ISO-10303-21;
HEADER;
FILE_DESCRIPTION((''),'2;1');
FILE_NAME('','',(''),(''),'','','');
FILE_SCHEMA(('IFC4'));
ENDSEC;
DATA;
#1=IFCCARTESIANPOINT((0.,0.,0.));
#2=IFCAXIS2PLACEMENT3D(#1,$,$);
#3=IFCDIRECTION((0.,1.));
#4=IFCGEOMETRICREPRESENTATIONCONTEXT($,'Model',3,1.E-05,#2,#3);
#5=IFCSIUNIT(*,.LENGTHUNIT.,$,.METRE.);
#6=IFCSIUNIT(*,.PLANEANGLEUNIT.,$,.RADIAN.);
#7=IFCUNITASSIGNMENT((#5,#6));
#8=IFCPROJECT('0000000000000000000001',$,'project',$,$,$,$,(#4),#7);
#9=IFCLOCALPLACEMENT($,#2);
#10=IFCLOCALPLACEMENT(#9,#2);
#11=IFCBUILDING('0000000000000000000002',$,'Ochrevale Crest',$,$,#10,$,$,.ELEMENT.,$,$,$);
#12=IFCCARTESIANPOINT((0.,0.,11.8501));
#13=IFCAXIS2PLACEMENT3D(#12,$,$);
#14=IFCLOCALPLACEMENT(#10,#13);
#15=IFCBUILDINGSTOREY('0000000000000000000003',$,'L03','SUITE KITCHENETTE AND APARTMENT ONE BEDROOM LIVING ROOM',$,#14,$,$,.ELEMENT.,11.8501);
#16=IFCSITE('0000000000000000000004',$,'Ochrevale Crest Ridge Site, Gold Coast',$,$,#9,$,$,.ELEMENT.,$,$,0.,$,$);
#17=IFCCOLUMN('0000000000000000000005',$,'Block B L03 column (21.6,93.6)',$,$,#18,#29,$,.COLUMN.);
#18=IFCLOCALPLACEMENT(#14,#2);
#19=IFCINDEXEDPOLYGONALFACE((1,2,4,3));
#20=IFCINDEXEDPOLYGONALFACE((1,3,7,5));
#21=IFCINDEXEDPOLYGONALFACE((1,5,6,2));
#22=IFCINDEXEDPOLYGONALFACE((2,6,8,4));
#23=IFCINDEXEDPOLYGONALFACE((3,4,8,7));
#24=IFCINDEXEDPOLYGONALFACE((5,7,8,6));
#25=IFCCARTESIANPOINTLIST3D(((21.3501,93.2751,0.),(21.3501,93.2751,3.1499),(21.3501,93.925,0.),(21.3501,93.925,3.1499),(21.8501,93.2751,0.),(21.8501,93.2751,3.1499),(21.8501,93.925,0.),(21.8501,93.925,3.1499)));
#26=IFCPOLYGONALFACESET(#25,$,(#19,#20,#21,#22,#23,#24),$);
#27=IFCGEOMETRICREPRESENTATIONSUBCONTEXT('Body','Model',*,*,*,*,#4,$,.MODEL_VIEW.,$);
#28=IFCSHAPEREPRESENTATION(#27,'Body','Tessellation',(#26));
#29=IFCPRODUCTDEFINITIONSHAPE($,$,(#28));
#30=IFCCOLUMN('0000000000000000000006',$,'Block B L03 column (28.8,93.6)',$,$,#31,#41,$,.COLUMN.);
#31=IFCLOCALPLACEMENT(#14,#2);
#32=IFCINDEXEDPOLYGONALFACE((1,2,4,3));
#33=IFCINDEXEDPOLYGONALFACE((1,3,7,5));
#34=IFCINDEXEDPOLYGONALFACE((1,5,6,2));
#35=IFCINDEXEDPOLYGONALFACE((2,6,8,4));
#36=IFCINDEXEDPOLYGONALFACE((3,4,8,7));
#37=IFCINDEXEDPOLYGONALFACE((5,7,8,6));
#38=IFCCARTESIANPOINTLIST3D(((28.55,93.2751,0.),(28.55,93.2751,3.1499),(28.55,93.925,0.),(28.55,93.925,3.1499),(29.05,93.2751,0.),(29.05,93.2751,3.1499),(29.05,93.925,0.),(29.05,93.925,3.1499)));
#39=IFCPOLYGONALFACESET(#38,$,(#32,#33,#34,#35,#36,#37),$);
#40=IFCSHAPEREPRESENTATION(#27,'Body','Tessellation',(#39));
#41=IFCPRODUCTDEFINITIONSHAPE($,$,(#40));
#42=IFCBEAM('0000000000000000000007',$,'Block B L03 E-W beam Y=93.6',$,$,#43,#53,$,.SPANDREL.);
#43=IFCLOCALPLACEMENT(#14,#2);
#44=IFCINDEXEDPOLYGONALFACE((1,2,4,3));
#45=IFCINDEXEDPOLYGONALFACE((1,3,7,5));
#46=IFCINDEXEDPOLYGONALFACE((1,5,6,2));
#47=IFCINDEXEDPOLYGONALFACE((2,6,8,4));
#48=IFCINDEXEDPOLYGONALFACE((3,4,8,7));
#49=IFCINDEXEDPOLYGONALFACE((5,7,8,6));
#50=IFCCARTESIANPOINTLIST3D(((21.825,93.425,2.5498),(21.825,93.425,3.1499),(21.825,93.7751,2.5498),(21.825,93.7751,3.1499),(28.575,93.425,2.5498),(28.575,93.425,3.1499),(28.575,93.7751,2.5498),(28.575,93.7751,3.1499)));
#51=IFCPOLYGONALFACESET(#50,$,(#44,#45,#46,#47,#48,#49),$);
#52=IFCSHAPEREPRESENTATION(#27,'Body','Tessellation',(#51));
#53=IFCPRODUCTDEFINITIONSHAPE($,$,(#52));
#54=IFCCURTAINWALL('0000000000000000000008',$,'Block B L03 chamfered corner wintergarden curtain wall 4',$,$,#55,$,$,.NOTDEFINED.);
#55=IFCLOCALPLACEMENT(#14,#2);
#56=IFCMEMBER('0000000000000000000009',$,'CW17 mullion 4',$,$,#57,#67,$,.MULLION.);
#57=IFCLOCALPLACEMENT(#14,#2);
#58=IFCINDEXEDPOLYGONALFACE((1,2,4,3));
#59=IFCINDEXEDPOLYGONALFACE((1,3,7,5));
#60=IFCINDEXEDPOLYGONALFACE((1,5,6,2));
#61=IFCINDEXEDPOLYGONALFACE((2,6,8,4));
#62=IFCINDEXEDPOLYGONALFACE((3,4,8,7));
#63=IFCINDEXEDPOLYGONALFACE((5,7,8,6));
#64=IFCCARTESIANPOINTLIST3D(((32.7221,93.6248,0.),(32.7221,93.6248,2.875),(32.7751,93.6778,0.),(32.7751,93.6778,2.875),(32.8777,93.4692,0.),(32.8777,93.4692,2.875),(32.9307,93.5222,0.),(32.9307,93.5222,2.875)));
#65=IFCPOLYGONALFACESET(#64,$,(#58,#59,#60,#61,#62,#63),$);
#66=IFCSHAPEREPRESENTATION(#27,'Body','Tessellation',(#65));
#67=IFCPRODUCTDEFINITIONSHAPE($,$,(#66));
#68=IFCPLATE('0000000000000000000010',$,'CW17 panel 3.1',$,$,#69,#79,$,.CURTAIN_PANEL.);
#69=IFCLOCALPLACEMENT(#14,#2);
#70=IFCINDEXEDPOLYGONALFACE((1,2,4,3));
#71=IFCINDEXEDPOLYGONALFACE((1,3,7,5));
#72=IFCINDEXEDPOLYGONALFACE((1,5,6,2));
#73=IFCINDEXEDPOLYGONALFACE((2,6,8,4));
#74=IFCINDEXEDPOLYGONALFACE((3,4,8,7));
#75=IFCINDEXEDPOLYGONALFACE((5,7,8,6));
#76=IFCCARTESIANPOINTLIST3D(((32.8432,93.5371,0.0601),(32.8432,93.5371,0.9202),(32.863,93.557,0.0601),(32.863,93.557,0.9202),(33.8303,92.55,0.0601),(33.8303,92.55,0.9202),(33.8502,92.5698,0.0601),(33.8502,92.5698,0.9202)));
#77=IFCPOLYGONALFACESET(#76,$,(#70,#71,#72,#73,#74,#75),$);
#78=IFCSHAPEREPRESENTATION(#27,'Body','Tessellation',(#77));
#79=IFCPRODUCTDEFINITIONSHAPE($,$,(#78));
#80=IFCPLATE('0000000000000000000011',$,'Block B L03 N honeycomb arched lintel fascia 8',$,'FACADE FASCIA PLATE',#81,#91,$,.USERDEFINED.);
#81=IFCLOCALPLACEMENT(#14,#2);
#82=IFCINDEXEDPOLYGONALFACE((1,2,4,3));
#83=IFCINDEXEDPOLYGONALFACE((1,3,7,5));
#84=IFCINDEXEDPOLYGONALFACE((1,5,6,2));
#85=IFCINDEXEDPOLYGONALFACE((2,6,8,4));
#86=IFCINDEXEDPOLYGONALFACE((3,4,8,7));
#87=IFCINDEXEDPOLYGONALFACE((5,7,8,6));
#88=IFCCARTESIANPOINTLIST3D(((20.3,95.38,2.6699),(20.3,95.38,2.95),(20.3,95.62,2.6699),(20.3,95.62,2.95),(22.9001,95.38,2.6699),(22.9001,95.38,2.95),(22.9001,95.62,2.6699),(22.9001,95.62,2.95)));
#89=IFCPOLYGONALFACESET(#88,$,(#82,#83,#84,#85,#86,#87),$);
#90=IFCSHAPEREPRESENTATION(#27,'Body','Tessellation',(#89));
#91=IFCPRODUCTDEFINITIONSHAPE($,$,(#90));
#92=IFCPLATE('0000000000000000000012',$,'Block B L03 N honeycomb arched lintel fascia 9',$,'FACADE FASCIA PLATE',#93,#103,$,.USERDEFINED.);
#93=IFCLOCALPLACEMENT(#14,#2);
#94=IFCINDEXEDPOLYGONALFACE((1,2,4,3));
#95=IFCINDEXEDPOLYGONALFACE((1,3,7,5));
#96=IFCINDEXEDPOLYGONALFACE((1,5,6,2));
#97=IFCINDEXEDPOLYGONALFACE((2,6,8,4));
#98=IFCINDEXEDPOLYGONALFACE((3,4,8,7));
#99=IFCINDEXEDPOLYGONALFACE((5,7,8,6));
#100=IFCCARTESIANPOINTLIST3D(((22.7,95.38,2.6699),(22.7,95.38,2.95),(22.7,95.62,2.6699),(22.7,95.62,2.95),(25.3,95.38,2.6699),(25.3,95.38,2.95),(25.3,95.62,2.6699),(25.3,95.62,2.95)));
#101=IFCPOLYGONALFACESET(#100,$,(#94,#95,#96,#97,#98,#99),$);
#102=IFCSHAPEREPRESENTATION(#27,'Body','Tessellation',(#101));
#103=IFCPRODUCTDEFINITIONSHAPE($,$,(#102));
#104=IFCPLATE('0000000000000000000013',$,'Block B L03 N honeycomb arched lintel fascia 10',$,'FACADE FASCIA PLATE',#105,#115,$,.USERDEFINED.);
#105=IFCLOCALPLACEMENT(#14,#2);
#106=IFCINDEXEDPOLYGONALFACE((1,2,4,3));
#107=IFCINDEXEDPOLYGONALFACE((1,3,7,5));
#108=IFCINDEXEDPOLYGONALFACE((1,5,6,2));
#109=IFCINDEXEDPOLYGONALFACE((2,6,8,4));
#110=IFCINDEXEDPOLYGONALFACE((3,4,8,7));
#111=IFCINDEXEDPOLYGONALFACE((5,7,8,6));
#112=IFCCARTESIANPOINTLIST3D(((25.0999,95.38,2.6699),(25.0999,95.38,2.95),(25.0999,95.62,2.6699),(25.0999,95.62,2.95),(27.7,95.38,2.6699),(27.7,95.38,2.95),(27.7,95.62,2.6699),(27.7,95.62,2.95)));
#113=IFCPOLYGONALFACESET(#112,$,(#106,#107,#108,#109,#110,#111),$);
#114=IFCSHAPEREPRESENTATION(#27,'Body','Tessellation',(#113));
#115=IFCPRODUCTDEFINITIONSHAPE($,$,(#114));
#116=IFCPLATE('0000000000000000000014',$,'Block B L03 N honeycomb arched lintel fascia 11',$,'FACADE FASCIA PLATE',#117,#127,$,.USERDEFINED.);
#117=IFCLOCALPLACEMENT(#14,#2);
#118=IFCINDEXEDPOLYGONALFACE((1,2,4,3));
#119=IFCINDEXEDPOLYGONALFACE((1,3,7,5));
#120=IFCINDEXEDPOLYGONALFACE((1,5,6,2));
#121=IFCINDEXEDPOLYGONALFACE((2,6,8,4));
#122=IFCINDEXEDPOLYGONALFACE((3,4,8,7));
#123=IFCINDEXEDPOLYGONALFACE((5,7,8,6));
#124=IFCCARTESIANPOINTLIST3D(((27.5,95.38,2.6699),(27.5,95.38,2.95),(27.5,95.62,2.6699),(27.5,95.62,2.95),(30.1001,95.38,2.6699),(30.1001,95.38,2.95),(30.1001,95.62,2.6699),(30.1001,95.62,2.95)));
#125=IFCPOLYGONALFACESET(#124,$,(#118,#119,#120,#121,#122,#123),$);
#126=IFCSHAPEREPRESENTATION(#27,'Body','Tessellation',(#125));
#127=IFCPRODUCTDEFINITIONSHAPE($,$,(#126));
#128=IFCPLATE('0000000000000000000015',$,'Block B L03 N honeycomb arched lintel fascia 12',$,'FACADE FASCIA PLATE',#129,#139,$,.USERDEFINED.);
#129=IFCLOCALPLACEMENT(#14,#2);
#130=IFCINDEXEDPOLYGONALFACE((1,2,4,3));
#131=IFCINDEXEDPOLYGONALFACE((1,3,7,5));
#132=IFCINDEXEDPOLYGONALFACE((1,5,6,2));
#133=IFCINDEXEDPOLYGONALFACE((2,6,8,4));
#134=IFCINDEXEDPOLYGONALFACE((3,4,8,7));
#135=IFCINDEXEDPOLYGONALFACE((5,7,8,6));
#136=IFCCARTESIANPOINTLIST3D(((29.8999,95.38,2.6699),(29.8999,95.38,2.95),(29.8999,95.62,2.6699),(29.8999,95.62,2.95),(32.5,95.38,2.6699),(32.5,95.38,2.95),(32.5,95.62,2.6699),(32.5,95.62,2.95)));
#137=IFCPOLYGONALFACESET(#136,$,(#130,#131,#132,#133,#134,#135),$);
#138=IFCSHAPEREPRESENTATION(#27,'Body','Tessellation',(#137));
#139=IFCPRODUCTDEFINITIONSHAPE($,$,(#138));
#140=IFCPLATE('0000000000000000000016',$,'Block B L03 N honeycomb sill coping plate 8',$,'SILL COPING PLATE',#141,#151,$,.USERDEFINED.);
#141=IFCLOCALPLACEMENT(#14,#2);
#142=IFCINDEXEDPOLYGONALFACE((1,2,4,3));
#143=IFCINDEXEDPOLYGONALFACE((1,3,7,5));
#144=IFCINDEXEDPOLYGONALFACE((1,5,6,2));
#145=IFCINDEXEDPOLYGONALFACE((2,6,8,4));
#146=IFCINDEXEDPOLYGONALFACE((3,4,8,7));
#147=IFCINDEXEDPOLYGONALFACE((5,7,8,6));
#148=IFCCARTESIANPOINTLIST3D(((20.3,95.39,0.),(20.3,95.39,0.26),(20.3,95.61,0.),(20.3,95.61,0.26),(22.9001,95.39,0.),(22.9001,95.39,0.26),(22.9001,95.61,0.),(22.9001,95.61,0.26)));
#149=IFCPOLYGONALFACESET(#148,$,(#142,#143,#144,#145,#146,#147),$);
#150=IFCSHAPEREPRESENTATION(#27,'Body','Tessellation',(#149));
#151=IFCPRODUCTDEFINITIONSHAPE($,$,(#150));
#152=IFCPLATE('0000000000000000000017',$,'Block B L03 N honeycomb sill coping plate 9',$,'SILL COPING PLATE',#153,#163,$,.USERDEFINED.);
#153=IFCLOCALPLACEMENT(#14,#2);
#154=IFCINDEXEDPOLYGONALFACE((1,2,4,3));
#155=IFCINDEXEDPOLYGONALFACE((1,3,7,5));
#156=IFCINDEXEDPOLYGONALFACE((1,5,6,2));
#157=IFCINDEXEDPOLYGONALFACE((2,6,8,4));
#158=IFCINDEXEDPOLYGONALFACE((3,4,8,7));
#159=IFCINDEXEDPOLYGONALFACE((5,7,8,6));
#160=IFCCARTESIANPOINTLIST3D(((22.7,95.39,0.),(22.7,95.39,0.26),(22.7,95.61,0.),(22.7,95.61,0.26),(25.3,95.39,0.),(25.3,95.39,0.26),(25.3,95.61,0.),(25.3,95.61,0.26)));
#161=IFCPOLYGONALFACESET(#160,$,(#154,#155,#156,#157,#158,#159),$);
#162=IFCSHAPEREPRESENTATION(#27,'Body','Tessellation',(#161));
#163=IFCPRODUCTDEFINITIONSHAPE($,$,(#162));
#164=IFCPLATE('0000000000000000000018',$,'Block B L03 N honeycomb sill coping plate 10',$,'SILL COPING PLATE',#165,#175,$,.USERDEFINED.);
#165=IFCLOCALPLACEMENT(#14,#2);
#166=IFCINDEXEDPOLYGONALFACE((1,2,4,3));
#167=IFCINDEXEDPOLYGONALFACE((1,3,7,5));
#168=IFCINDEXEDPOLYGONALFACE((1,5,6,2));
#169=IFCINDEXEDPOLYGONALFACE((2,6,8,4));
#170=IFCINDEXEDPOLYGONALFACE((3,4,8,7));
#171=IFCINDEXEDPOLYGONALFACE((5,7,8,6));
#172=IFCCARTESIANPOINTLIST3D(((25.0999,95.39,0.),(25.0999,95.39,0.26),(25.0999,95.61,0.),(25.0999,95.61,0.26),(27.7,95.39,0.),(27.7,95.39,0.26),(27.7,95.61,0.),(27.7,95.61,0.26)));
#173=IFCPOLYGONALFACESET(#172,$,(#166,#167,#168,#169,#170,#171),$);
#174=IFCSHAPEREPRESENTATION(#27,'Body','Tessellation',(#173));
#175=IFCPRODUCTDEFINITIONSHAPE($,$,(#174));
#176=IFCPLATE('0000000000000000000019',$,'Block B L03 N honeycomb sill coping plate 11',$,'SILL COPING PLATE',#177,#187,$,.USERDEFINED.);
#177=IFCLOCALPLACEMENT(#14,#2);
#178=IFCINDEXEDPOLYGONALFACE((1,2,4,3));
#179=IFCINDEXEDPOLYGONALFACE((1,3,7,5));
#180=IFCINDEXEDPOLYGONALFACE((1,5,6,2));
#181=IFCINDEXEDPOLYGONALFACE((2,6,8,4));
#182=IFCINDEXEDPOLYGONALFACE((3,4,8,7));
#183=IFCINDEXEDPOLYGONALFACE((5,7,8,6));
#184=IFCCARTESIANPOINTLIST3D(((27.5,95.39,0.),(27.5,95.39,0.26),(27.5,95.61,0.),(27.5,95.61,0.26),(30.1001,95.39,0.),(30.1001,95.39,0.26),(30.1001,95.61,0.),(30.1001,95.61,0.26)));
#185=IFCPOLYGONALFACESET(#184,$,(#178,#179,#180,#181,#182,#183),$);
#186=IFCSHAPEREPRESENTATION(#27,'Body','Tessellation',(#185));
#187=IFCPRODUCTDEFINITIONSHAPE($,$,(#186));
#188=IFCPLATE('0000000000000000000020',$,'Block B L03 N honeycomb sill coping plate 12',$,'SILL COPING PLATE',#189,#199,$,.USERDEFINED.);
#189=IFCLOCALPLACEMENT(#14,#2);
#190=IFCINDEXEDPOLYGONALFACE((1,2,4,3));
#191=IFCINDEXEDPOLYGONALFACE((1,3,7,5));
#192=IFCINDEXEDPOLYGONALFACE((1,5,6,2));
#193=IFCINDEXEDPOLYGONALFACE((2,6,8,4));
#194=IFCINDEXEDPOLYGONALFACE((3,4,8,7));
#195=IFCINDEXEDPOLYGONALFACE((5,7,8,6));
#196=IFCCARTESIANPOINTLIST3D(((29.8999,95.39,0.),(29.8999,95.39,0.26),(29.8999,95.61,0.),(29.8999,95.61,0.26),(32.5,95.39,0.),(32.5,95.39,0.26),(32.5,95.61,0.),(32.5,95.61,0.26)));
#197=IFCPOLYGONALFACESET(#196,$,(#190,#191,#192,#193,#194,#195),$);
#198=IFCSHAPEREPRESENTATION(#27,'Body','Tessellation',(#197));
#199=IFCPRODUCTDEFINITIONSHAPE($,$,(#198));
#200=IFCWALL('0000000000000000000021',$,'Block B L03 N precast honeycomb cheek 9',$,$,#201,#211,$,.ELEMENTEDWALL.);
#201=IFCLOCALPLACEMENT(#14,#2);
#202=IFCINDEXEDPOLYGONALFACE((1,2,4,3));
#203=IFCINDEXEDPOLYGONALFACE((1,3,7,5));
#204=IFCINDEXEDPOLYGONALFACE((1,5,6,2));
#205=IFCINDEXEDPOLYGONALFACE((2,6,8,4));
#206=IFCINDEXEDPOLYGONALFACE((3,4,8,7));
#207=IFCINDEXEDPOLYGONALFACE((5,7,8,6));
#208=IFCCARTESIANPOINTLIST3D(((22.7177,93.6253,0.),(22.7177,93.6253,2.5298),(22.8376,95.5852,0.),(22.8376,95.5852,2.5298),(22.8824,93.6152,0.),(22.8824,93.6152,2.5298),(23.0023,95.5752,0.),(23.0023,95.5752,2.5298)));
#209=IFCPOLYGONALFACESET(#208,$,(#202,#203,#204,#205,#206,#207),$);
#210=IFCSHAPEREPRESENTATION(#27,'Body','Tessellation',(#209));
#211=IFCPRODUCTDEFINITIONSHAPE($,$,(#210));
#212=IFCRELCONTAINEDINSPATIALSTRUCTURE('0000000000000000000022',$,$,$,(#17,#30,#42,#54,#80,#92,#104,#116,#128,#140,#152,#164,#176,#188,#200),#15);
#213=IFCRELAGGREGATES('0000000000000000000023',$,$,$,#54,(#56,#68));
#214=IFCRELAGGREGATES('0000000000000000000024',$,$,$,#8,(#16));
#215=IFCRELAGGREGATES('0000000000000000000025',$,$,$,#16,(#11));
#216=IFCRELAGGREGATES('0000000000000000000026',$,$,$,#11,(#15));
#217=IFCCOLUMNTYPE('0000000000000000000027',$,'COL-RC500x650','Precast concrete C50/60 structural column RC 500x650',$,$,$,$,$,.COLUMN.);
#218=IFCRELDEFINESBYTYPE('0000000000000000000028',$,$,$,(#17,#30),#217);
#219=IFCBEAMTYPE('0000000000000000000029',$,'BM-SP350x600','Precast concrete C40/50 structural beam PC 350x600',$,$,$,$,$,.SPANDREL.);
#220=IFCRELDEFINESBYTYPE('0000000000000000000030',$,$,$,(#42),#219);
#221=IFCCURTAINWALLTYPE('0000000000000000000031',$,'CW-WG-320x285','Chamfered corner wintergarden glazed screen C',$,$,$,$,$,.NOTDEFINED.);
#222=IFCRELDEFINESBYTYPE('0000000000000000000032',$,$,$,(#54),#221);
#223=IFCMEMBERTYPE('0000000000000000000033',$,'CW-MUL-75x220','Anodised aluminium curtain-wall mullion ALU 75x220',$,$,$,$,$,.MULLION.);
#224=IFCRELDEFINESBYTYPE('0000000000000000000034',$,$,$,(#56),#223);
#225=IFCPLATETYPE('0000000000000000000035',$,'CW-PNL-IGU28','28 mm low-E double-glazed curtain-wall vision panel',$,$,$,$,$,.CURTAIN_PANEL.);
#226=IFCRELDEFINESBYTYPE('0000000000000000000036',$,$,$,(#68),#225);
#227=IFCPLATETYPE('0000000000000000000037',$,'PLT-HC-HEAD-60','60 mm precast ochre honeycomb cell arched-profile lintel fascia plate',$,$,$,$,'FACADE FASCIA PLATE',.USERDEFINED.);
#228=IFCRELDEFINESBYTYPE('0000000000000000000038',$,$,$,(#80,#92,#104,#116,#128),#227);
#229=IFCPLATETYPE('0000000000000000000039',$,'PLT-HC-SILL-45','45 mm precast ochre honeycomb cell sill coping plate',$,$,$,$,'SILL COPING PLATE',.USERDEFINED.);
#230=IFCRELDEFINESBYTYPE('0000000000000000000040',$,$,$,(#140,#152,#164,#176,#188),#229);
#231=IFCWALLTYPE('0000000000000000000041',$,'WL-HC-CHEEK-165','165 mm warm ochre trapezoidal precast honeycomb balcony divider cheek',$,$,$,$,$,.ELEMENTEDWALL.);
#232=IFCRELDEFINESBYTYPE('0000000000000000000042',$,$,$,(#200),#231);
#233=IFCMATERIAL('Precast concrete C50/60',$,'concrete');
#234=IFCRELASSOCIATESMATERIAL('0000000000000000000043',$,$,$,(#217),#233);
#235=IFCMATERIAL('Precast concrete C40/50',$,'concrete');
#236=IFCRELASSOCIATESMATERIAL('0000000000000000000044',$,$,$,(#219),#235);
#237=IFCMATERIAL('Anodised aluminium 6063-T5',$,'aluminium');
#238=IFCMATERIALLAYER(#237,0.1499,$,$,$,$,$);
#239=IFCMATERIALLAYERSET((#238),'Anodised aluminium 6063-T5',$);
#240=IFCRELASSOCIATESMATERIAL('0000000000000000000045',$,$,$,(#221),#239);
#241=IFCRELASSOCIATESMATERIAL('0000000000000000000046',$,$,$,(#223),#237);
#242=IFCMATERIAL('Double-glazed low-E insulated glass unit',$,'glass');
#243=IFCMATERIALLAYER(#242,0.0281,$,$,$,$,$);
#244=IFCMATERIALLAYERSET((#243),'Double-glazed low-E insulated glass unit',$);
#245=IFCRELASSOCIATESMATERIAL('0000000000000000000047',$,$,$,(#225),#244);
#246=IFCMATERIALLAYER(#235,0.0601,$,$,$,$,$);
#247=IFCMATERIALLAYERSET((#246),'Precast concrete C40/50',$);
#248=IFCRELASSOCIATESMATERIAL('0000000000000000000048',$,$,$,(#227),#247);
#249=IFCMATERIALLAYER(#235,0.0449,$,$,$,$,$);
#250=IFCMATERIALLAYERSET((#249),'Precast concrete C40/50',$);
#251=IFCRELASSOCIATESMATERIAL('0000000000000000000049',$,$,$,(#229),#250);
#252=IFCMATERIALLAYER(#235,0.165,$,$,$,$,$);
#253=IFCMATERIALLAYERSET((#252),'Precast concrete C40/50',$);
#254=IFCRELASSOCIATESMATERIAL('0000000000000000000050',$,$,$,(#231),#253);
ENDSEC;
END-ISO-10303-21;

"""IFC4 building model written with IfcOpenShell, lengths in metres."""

from ifc_helpers import new_model, si_unit, direction, frame, frame_2d, origin, origin_2d, place, context, subcontext, project, spatial, rectangle, extrude, material, layer, layer_set, material_profile, profile_set, type_object, element, aggregate, save


model = new_model("IFC4")

# Units and contexts
model_context = context("Model", 3, precision=1e-05, world=origin(), true_north=direction((0.0, 1.0)))
body_context = subcontext(model_context, "Body", "Model", "MODEL_VIEW")
ifc_project = project(units=[si_unit("LENGTHUNIT", "METRE"), si_unit("PLANEANGLEUNIT", "RADIAN")], contexts=[model_context])

# Site, building, storey
site_placement = place(None, origin())
site = spatial("IfcSite", under=ifc_project, at=site_placement, Name="Ochrevale Crest Ridge Site, Gold Coast", CompositionType="ELEMENT", RefElevation=0.0)
building_placement = place(site_placement, origin())
building = spatial("IfcBuilding", under=site, at=building_placement, Name="Ochrevale Crest", CompositionType="ELEMENT")
storey_placement = place(building_placement, frame((0.0, 0.0, 11.8501)))
storey = spatial("IfcBuildingStorey", under=building, at=storey_placement, Name="L03", Description="SUITE KITCHENETTE AND APARTMENT ONE BEDROOM LIVING ROOM", CompositionType="ELEMENT", Elevation=11.8501)

# Columns
ifc_material_1 = material(Name="Precast concrete C50/60", Category="concrete")
ifc_material_profile_1 = material_profile(ifc_material_1, rectangle(XDim=0.5, YDim=0.6499, at=origin_2d()), Name="RC 500x650")
ifc_profile_set_1 = profile_set([ifc_material_profile_1], Name="Precast concrete C50/60")
column_type = type_object("IfcColumnType", Name="COL-RC500x650", Description="Precast concrete C50/60 structural column RC 500x650", PredefinedType="COLUMN", material=ifc_profile_set_1)
for number, where, z_axis, x_axis, name in (
    (1, (21.6001, 93.6001, 0.0), (0.0, 0.0, 1.0), (1.0, 0.0, 0.0), "Block B L03 column (21.6,93.6)"),
    (2, (28.8, 93.6001, 0.0), (0.0, 0.0, 1.0), (1.0, 0.0, 0.0), "Block B L03 column (28.8,93.6)"),
):
    element("IfcColumn", number, at=place(storey_placement, frame(where, z_axis=z_axis, x_axis=x_axis)), inside=storey, type_object=column_type, Name=name, PredefinedType="COLUMN", context=body_context, shape_type="SweptSolid", body=[
        extrude(rectangle(XDim=0.5, YDim=0.6499, at=origin_2d()), origin(), (0.0, 0.0, 1.0), 3.1499),
    ])

# Beam
ifc_material_2 = material(Name="Precast concrete C40/50", Category="concrete")
ifc_material_profile_2 = material_profile(ifc_material_2, rectangle(XDim=0.3501, YDim=0.6001, at=origin_2d()), Name="PC 350x600")
ifc_profile_set_2 = profile_set([ifc_material_profile_2], Name="Precast concrete C40/50")
beam_type = type_object("IfcBeamType", Name="BM-SP350x600", Description="Precast concrete C40/50 structural beam PC 350x600", PredefinedType="SPANDREL", material=ifc_profile_set_2)
beam_placement = place(storey_placement, frame((21.825, 93.6001, 2.8499), z_axis=(1.0, 0.0, 0.0), x_axis=(0.0, 1.0, 0.0)))
element("IfcBeam", 3, at=beam_placement, inside=storey, type_object=beam_type, Name="Block B L03 E-W beam Y=93.6", PredefinedType="SPANDREL", context=body_context, shape_type="SweptSolid", body=[
    extrude(rectangle(XDim=0.3501, YDim=0.6001, at=origin_2d()), origin(), (0.0, 0.0, 1.0), 6.75),
])

# Curtain wall, member, plate
ifc_material_3 = material(Name="Anodised aluminium 6063-T5", Category="aluminium")
ifc_layer_1 = layer(ifc_material_3, 0.1499)
ifc_layer_set_1 = layer_set([ifc_layer_1], Name="Anodised aluminium 6063-T5")
curtain_wall_type = type_object("IfcCurtainWallType", Name="CW-WG-320x285", Description="Chamfered corner wintergarden glazed screen C", PredefinedType="NOTDEFINED", material=ifc_layer_set_1)
curtain_wall_placement = place(storey_placement, origin())
curtain_wall = element("IfcCurtainWall", 4, at=curtain_wall_placement, inside=storey, type_object=curtain_wall_type, Name="Block B L03 chamfered corner wintergarden curtain wall 4", PredefinedType="NOTDEFINED")
ifc_material_profile_3 = material_profile(ifc_material_3, rectangle(XDim=0.075, YDim=0.22, at=origin_2d()), Name="ALU 75x220")
ifc_profile_set_3 = profile_set([ifc_material_profile_3], Name="Anodised aluminium 6063-T5")
member_type = type_object("IfcMemberType", Name="CW-MUL-75x220", Description="Anodised aluminium curtain-wall mullion ALU 75x220", PredefinedType="MULLION", material=ifc_profile_set_3)
member_placement = place(storey_placement, frame((32.8264, 93.5735, 0.0), z_axis=(0.0, 0.0, 1.0), x_axis=(-0.707107, -0.707107, 0.0)))
member = element("IfcMember", 5, at=member_placement, type_object=member_type, Name="CW17 mullion 4", PredefinedType="MULLION", context=body_context, shape_type="SweptSolid", body=[
    extrude(rectangle(XDim=0.075, YDim=0.22, at=origin_2d()), origin(), (0.0, 0.0, 1.0), 2.875),
])
ifc_material_4 = material(Name="Double-glazed low-E insulated glass unit", Category="glass")
ifc_layer_2 = layer(ifc_material_4, 0.0281)
ifc_layer_set_2 = layer_set([ifc_layer_2], Name="Double-glazed low-E insulated glass unit")
plate_type_1 = type_object("IfcPlateType", Name="CW-PNL-IGU28", Description="28 mm low-E double-glazed curtain-wall vision panel", PredefinedType="CURTAIN_PANEL", material=ifc_layer_set_2)
plate_placement = place(storey_placement, frame((33.3467, 93.0535, 0.0601), z_axis=(0.0, 0.0, 1.0), x_axis=(-0.707107, 0.707107, 0.0)))
plate = element("IfcPlate", 6, at=plate_placement, type_object=plate_type_1, Name="CW17 panel 3.1", PredefinedType="CURTAIN_PANEL", context=body_context, shape_type="SweptSolid", body=[
    extrude(rectangle(XDim=1.396, YDim=0.0281, at=origin_2d()), origin(), (0.0, 0.0, 1.0), 0.8601),
])
aggregate(curtain_wall, [member, plate])

# Plates
ifc_layer_3 = layer(ifc_material_2, 0.0601)
ifc_layer_set_3 = layer_set([ifc_layer_3], Name="Precast concrete C40/50")
plate_type_2 = type_object("IfcPlateType", Name="PLT-HC-HEAD-60", Description="60 mm precast ochre honeycomb cell arched-profile lintel fascia plate", ElementType="FACADE FASCIA PLATE", PredefinedType="USERDEFINED", material=ifc_layer_set_3)
for number, where, z_axis, x_axis, name in (
    (7, (21.6001, 95.5, 2.6699), (0.0, 0.0, 1.0), (1.0, 0.0, 0.0), "Block B L03 N honeycomb arched lintel fascia 8"),
    (8, (24.0, 95.5, 2.6699), (0.0, 0.0, 1.0), (1.0, 0.0, 0.0), "Block B L03 N honeycomb arched lintel fascia 9"),
    (9, (26.3999, 95.5, 2.6699), (0.0, 0.0, 1.0), (1.0, 0.0, 0.0), "Block B L03 N honeycomb arched lintel fascia 10"),
    (10, (28.8, 95.5, 2.6699), (0.0, 0.0, 1.0), (1.0, 0.0, 0.0), "Block B L03 N honeycomb arched lintel fascia 11"),
    (11, (31.2, 95.5, 2.6699), (0.0, 0.0, 1.0), (1.0, 0.0, 0.0), "Block B L03 N honeycomb arched lintel fascia 12"),
):
    element("IfcPlate", number, at=place(storey_placement, frame(where, z_axis=z_axis, x_axis=x_axis)), inside=storey, type_object=plate_type_2, Name=name, ObjectType="FACADE FASCIA PLATE", PredefinedType="USERDEFINED", context=body_context, shape_type="SweptSolid", body=[
        extrude(rectangle(XDim=2.6001, YDim=0.24, at=origin_2d()), origin(), (0.0, 0.0, 1.0), 0.28),
    ])
ifc_layer_4 = layer(ifc_material_2, 0.0449)
ifc_layer_set_4 = layer_set([ifc_layer_4], Name="Precast concrete C40/50")
plate_type_3 = type_object("IfcPlateType", Name="PLT-HC-SILL-45", Description="45 mm precast ochre honeycomb cell sill coping plate", ElementType="SILL COPING PLATE", PredefinedType="USERDEFINED", material=ifc_layer_set_4)
for number, where, z_axis, x_axis, name in (
    (12, (21.6001, 95.5, 0.0), (0.0, 0.0, 1.0), (1.0, 0.0, 0.0), "Block B L03 N honeycomb sill coping plate 8"),
    (13, (24.0, 95.5, 0.0), (0.0, 0.0, 1.0), (1.0, 0.0, 0.0), "Block B L03 N honeycomb sill coping plate 9"),
    (14, (26.3999, 95.5, 0.0), (0.0, 0.0, 1.0), (1.0, 0.0, 0.0), "Block B L03 N honeycomb sill coping plate 10"),
    (15, (28.8, 95.5, 0.0), (0.0, 0.0, 1.0), (1.0, 0.0, 0.0), "Block B L03 N honeycomb sill coping plate 11"),
    (16, (31.2, 95.5, 0.0), (0.0, 0.0, 1.0), (1.0, 0.0, 0.0), "Block B L03 N honeycomb sill coping plate 12"),
):
    element("IfcPlate", number, at=place(storey_placement, frame(where, z_axis=z_axis, x_axis=x_axis)), inside=storey, type_object=plate_type_3, Name=name, ObjectType="SILL COPING PLATE", PredefinedType="USERDEFINED", context=body_context, shape_type="SweptSolid", body=[
        extrude(rectangle(XDim=2.6001, YDim=0.22, at=origin_2d()), origin(), (0.0, 0.0, 1.0), 0.26),
    ])

# Wall
ifc_layer_5 = layer(ifc_material_2, 0.165)
ifc_layer_set_5 = layer_set([ifc_layer_5], Name="Precast concrete C40/50")
wall_type_1 = type_object("IfcWallType", Name="WL-HC-CHEEK-165", Description="165 mm warm ochre trapezoidal precast honeycomb balcony divider cheek", PredefinedType="ELEMENTEDWALL", material=ifc_layer_set_5)
for number, where, z_axis, x_axis, name in (
    (17, (22.8, 93.6201, 0.0), (0.0, 0.0, 1.0), (0.061047, 0.998135, 0.0), "Block B L03 N precast honeycomb cheek 9"),
):
    element("IfcWall", number, at=place(storey_placement, frame(where, z_axis=z_axis, x_axis=x_axis)), inside=storey, type_object=wall_type_1, Name=name, PredefinedType="ELEMENTEDWALL", context=body_context, shape_type="SweptSolid", body=[
        extrude(rectangle(XDim=1.9636, YDim=0.165, at=frame_2d((0.9819, 0.0))), origin(), (0.0, 0.0, 1.0), 2.5298),
    ])

save(model, "model.ifc")
